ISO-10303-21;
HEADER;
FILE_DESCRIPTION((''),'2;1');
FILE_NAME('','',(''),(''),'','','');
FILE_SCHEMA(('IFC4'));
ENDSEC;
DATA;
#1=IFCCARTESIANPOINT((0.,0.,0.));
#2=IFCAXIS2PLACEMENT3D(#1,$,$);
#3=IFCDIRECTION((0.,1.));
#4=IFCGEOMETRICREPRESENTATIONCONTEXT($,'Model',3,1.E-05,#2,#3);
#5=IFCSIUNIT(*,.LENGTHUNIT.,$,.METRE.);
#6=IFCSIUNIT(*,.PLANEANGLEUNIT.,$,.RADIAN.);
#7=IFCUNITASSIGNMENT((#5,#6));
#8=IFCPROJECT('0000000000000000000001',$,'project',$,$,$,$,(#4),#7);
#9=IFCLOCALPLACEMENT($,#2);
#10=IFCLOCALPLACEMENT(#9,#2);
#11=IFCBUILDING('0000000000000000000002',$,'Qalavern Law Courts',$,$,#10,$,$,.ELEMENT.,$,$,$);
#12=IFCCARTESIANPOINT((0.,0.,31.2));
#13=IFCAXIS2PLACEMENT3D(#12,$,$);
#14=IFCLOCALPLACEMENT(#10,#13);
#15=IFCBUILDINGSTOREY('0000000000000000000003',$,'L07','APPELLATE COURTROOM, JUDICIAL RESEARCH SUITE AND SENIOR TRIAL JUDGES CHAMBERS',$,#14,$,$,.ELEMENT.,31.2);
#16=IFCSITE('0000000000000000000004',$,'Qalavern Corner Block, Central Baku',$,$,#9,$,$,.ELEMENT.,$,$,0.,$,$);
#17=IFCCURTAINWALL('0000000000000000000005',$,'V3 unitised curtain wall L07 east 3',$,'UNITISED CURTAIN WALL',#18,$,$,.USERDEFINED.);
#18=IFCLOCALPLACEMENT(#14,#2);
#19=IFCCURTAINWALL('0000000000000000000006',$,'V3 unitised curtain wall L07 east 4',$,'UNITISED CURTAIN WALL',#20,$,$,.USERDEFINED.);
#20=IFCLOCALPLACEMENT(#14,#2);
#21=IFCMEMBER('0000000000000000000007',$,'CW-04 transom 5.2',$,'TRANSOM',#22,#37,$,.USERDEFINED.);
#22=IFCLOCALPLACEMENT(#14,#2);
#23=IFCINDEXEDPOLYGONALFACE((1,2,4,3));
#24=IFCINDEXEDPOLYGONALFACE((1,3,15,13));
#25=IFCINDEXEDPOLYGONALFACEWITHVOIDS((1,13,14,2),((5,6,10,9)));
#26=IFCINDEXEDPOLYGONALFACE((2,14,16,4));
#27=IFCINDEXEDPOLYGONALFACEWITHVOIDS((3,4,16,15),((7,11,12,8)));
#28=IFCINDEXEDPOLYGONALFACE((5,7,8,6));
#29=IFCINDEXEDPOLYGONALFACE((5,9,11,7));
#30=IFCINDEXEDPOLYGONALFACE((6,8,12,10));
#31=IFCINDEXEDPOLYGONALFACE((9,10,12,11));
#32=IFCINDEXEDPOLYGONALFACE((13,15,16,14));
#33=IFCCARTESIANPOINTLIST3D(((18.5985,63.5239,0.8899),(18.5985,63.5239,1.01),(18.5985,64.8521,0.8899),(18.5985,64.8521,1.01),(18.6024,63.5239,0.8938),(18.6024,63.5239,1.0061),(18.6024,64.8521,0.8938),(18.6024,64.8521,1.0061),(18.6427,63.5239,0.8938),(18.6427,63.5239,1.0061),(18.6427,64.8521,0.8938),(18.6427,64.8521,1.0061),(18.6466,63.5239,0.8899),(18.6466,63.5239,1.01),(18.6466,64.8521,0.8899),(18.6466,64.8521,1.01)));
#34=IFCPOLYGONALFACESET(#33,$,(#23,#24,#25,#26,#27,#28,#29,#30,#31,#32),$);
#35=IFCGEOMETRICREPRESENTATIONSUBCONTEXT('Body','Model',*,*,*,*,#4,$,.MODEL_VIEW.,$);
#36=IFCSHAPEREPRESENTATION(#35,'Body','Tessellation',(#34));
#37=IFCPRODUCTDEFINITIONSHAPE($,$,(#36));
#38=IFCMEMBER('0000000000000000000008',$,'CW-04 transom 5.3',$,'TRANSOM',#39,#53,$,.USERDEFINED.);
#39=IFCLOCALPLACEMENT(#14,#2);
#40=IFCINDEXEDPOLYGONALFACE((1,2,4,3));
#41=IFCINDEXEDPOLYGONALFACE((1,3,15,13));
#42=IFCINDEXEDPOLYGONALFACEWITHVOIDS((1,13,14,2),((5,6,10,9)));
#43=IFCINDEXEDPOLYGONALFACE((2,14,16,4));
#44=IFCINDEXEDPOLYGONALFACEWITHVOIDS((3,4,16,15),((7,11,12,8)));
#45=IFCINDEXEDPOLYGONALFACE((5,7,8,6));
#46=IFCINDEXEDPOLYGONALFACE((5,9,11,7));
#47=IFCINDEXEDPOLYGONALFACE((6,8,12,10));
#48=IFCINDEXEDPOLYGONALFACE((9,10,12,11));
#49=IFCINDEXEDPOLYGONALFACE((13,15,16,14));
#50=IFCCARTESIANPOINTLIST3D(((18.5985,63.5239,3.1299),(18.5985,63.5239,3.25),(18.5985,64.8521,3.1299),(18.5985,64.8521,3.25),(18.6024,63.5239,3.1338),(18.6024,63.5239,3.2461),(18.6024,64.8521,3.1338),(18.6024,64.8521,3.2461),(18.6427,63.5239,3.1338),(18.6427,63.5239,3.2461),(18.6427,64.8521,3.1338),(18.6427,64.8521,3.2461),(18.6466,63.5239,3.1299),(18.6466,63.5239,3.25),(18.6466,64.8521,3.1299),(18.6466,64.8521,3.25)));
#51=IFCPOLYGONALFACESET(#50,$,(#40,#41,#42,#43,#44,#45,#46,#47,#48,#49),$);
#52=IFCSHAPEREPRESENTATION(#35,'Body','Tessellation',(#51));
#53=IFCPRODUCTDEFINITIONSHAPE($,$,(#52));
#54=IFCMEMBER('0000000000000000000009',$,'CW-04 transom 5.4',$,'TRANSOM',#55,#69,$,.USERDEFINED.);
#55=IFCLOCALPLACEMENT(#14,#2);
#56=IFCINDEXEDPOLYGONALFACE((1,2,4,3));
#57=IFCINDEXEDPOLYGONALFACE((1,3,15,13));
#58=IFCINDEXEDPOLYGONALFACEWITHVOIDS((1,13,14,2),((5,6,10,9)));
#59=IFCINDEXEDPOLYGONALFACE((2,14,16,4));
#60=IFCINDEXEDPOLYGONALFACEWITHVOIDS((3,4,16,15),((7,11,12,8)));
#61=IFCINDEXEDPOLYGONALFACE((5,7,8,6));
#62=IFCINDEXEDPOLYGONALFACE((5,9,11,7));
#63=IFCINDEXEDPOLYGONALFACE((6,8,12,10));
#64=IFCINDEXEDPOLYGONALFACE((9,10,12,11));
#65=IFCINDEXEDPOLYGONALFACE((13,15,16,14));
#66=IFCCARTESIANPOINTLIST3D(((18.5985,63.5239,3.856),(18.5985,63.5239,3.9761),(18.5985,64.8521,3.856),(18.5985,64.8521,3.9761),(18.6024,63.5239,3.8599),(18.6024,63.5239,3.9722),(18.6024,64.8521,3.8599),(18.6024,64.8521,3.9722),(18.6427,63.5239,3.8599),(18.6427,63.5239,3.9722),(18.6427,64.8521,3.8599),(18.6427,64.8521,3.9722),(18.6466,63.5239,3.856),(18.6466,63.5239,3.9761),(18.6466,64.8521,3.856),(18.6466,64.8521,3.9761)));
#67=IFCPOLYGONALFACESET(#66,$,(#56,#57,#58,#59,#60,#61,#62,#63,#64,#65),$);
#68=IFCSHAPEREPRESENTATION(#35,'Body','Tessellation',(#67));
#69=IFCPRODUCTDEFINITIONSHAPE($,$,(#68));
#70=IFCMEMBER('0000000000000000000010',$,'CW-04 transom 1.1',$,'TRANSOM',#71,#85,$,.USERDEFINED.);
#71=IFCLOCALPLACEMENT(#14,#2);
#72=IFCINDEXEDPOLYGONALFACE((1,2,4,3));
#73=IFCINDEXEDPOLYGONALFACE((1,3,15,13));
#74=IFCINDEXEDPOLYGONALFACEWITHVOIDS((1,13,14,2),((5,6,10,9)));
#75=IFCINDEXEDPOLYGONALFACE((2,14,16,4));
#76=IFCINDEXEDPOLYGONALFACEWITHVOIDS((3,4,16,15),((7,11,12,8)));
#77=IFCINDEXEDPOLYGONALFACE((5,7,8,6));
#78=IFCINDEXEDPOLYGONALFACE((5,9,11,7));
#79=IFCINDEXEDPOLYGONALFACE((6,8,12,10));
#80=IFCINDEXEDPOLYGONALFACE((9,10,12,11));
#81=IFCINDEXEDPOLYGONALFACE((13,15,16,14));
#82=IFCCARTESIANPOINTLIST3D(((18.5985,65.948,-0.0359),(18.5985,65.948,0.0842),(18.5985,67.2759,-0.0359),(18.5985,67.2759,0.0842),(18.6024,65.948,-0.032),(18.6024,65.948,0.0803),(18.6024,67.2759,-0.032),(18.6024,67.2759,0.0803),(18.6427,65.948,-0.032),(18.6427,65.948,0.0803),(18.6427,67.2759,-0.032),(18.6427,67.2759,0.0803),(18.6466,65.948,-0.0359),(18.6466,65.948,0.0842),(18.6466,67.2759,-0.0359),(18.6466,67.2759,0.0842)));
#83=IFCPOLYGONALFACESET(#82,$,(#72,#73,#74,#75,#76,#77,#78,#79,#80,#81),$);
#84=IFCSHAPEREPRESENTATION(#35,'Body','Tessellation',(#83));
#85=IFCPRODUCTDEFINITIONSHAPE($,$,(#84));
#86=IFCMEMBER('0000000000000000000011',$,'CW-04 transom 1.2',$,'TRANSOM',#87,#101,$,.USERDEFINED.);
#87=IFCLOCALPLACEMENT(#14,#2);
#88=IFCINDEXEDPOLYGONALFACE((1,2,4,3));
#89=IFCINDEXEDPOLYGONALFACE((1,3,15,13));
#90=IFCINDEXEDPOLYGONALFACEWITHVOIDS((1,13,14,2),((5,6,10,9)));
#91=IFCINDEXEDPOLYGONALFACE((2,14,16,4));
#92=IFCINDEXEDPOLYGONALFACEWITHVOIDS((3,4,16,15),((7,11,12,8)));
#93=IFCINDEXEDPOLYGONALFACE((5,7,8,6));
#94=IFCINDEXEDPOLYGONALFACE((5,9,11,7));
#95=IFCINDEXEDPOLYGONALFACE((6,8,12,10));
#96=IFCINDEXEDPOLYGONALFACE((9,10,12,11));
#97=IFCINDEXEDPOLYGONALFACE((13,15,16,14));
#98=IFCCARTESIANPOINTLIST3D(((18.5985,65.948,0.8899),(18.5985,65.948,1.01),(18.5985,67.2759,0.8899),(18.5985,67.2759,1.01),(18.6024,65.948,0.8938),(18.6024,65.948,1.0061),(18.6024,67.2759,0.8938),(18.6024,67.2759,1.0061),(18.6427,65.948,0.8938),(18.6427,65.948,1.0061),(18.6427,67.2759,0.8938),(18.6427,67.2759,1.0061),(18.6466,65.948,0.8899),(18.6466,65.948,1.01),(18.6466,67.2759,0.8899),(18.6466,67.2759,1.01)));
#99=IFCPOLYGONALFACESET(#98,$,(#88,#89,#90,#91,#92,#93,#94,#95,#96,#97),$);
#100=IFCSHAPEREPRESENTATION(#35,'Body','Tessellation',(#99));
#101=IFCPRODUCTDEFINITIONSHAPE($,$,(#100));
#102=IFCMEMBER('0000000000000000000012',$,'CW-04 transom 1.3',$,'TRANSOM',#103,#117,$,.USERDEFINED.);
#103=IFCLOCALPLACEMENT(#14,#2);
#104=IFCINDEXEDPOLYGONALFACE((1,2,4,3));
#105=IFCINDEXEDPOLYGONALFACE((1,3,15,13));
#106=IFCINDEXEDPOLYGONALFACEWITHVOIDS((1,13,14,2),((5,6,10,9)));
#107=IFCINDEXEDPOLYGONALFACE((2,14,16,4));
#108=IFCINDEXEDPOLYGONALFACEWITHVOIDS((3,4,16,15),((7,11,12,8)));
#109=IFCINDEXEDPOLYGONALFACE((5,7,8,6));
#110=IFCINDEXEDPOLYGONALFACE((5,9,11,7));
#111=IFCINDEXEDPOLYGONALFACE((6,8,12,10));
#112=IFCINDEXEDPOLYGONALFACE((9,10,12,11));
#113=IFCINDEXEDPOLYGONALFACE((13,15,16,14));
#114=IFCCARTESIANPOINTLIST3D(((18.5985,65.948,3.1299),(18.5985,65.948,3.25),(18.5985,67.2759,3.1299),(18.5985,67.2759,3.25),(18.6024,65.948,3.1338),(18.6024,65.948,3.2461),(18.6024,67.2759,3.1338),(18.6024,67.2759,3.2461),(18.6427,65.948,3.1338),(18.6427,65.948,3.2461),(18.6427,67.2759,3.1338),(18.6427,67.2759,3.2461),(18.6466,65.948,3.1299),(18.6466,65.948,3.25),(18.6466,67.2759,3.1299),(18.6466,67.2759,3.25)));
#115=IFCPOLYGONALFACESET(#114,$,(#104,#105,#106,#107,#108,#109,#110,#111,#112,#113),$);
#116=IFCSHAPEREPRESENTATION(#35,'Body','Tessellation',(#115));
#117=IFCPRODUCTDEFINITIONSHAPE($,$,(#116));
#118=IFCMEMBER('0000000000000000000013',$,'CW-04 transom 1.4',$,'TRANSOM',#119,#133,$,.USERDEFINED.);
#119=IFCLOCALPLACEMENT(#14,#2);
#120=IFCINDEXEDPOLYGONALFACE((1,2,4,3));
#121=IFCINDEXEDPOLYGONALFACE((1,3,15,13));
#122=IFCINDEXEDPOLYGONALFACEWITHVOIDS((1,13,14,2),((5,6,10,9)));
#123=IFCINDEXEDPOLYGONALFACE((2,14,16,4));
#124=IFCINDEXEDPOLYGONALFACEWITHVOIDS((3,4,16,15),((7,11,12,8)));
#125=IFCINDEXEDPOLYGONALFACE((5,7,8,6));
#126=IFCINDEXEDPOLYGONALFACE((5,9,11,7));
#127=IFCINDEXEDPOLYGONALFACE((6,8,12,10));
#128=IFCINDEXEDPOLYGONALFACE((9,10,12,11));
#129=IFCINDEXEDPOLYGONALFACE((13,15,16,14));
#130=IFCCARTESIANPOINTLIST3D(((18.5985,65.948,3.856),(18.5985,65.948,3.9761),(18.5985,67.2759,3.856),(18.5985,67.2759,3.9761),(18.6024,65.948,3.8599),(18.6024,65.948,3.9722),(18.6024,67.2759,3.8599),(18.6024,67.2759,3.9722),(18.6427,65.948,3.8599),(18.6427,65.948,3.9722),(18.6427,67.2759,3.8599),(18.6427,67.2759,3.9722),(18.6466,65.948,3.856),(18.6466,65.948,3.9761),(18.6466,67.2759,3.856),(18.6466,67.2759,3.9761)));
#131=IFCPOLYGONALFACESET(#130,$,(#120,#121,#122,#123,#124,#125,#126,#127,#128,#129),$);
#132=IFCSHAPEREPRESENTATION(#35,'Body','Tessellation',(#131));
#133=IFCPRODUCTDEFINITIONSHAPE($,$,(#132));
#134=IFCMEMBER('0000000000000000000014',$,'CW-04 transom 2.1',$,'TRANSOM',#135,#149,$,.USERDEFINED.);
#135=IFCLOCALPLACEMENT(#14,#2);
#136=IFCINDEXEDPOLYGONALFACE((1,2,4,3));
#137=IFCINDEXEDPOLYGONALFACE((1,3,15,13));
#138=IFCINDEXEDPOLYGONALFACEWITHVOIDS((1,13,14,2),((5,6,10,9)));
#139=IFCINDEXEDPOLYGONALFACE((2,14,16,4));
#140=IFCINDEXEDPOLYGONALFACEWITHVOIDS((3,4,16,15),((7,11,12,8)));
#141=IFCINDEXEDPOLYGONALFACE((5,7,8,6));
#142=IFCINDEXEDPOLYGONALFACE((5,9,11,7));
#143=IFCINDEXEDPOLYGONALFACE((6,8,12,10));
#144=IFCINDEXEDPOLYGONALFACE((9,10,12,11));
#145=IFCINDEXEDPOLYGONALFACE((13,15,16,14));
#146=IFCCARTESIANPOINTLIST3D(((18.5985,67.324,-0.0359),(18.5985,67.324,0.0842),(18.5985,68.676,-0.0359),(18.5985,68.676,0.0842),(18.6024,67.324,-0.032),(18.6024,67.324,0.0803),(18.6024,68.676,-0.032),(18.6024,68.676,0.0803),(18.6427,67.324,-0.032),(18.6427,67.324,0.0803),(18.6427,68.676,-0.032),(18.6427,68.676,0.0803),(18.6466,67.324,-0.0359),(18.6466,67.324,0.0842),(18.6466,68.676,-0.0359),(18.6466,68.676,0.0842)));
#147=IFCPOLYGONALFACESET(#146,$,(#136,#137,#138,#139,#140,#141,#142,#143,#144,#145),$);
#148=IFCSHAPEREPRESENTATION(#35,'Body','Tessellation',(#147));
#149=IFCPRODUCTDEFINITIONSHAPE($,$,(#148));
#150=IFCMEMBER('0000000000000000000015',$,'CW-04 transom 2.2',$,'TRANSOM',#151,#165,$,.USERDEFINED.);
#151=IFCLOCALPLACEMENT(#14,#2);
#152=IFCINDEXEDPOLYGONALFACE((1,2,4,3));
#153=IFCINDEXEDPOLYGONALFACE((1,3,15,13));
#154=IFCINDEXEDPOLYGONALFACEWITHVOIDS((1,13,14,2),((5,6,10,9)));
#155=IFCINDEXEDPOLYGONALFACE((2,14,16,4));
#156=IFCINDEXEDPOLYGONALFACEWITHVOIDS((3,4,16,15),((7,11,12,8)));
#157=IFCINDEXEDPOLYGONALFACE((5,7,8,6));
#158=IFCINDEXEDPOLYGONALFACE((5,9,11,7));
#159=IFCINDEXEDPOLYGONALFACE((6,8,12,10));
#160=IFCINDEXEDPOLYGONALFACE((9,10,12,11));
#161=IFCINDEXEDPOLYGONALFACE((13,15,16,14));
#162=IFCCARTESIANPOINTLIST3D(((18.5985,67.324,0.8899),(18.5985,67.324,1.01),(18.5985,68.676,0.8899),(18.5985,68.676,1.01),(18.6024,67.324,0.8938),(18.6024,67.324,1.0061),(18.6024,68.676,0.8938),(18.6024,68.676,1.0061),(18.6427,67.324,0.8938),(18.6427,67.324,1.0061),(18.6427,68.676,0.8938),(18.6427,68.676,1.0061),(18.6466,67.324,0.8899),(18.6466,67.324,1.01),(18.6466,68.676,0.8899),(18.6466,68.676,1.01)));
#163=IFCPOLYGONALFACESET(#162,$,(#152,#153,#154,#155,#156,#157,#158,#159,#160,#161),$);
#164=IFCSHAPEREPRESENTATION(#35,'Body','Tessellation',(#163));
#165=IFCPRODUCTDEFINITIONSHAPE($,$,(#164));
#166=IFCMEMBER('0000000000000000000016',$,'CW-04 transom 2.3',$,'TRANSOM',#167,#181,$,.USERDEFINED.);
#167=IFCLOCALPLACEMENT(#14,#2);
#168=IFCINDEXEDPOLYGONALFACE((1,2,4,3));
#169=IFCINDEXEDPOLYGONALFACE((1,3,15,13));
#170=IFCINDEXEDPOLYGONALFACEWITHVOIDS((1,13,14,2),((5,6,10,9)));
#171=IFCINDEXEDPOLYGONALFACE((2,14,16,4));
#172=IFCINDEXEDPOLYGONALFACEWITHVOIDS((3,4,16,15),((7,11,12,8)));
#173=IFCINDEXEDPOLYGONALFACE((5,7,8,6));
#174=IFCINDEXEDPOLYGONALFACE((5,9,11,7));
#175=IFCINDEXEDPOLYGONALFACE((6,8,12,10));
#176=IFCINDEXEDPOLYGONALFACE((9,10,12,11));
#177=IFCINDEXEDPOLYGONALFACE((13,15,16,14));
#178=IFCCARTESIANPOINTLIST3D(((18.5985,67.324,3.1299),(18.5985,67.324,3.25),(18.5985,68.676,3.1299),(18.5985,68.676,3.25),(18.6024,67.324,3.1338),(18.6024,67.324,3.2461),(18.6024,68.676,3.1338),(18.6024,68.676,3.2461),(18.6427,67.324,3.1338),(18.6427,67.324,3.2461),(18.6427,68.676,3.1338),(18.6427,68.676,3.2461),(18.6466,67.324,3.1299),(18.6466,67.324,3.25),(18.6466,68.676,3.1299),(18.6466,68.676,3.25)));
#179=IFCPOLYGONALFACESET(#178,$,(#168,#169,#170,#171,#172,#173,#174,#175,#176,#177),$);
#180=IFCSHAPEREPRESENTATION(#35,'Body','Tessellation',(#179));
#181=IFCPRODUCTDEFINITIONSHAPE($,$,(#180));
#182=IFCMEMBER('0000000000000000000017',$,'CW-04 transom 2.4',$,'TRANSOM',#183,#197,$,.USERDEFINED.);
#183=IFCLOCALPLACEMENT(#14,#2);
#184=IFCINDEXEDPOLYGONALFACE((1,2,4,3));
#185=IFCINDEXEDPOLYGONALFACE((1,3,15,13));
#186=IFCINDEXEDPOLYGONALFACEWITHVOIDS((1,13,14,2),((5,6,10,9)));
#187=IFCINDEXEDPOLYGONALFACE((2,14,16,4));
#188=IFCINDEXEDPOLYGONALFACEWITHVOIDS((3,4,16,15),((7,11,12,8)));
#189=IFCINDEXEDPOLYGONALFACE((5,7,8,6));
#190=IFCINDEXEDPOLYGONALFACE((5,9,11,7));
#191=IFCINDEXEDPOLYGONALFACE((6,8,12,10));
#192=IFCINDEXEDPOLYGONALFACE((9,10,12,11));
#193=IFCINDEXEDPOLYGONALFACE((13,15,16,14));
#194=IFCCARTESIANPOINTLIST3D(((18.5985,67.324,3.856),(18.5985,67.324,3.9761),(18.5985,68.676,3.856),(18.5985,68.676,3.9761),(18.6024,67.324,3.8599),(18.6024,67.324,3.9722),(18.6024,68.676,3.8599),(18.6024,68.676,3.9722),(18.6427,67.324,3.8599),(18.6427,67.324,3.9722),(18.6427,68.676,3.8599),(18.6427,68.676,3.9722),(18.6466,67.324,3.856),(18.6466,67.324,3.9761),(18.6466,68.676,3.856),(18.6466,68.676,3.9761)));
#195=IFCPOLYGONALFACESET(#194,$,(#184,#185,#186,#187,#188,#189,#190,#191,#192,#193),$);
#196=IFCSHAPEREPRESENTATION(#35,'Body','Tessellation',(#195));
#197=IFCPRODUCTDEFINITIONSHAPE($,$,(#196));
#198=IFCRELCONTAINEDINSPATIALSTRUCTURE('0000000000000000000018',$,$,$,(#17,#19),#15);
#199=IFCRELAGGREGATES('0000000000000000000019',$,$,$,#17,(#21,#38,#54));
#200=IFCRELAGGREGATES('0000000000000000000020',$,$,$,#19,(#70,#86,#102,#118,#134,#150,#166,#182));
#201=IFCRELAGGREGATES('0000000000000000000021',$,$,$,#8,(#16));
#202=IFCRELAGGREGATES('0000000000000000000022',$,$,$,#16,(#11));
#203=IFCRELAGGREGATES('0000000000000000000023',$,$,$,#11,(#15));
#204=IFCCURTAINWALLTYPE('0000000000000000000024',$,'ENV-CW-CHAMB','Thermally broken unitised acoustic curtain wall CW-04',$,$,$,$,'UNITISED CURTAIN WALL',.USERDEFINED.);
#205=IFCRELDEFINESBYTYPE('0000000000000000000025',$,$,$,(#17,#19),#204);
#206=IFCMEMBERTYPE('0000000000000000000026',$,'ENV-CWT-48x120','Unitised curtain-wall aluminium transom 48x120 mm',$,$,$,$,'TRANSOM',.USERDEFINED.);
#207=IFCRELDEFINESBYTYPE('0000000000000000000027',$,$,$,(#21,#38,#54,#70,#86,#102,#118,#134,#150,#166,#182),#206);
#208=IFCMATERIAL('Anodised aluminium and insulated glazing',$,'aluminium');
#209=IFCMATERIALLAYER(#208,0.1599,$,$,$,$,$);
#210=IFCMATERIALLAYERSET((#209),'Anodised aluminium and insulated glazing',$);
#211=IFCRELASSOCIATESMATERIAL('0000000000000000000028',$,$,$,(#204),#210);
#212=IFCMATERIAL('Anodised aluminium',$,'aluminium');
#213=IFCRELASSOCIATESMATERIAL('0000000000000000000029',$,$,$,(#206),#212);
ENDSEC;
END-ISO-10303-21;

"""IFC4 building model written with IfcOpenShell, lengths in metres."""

from ifc_helpers import new_model, si_unit, direction, frame, origin, origin_2d, place, context, subcontext, project, spatial, hollow_rectangle, extrude, material, layer, layer_set, material_profile, profile_set, type_object, element, aggregate, save


model = new_model("IFC4")

# Units and contexts
model_context = context("Model", 3, precision=1e-05, world=origin(), true_north=direction((0.0, 1.0)))
body_context = subcontext(model_context, "Body", "Model", "MODEL_VIEW")
ifc_project = project(units=[si_unit("LENGTHUNIT", "METRE"), si_unit("PLANEANGLEUNIT", "RADIAN")], contexts=[model_context])

# Site, building, storey
site_placement = place(None, origin())
site = spatial("IfcSite", under=ifc_project, at=site_placement, Name="Qalavern Corner Block, Central Baku", CompositionType="ELEMENT", RefElevation=0.0)
building_placement = place(site_placement, origin())
building = spatial("IfcBuilding", under=site, at=building_placement, Name="Qalavern Law Courts", CompositionType="ELEMENT")
storey_placement = place(building_placement, frame((0.0, 0.0, 31.2)))
storey = spatial("IfcBuildingStorey", under=building, at=storey_placement, Name="L07", Description="APPELLATE COURTROOM, JUDICIAL RESEARCH SUITE AND SENIOR TRIAL JUDGES CHAMBERS", CompositionType="ELEMENT", Elevation=31.2)

# Curtain walls
ifc_material_1 = material(Name="Anodised aluminium and insulated glazing", Category="aluminium")
ifc_layer_1 = layer(ifc_material_1, 0.1599)
ifc_layer_set_1 = layer_set([ifc_layer_1], Name="Anodised aluminium and insulated glazing")
curtain_wall_type = type_object("IfcCurtainWallType", Name="ENV-CW-CHAMB", Description="Thermally broken unitised acoustic curtain wall CW-04", ElementType="UNITISED CURTAIN WALL", PredefinedType="USERDEFINED", material=ifc_layer_set_1)
curtain_wall_1_placement = place(storey_placement, origin())
curtain_wall_1 = element("IfcCurtainWall", 1, at=curtain_wall_1_placement, inside=storey, type_object=curtain_wall_type, Name="V3 unitised curtain wall L07 east 3", ObjectType="UNITISED CURTAIN WALL", PredefinedType="USERDEFINED")
ifc_material_2 = material(Name="Anodised aluminium", Category="aluminium")
curtain_wall_2_placement = place(storey_placement, origin())
curtain_wall_2 = element("IfcCurtainWall", 2, at=curtain_wall_2_placement, inside=storey, type_object=curtain_wall_type, Name="V3 unitised curtain wall L07 east 4", ObjectType="UNITISED CURTAIN WALL", PredefinedType="USERDEFINED")

# Members
ifc_material_profile_1 = material_profile(ifc_material_2, hollow_rectangle(XDim=0.0481, YDim=0.1201, WallThickness=0.0039, at=origin_2d()), Name="ALU TRANSOM 48x120")
ifc_profile_set_1 = profile_set([ifc_material_profile_1], Name="Anodised aluminium")
member_type_1 = type_object("IfcMemberType", Name="ENV-CWT-48x120", Description="Unitised curtain-wall aluminium transom 48x120 mm", ElementType="TRANSOM", PredefinedType="USERDEFINED", material=ifc_profile_set_1)
member_1_placement = place(storey_placement, frame((18.6226, 63.5239, 0.95), z_axis=(0.0, 1.0, 0.0), x_axis=(-1.0, 0.0, 0.0)))
member_1 = element("IfcMember", 3, at=member_1_placement, type_object=member_type_1, Name="CW-04 transom 5.2", ObjectType="TRANSOM", PredefinedType="USERDEFINED", context=body_context, shape_type="SweptSolid", body=[
    extrude(hollow_rectangle(XDim=0.0481, YDim=0.1201, WallThickness=0.0039, at=origin_2d()), origin(), (0.0, 0.0, 1.0), 1.3281),
])
member_2_placement = place(storey_placement, frame((18.6226, 63.5239, 3.1899), z_axis=(0.0, 1.0, 0.0), x_axis=(-1.0, 0.0, 0.0)))
member_2 = element("IfcMember", 4, at=member_2_placement, type_object=member_type_1, Name="CW-04 transom 5.3", ObjectType="TRANSOM", PredefinedType="USERDEFINED", context=body_context, shape_type="SweptSolid", body=[
    extrude(hollow_rectangle(XDim=0.0481, YDim=0.1201, WallThickness=0.0039, at=origin_2d()), origin(), (0.0, 0.0, 1.0), 1.3281),
])
member_3_placement = place(storey_placement, frame((18.6226, 63.5239, 3.916), z_axis=(0.0, 1.0, 0.0), x_axis=(-1.0, 0.0, 0.0)))
member_3 = element("IfcMember", 5, at=member_3_placement, type_object=member_type_1, Name="CW-04 transom 5.4", ObjectType="TRANSOM", PredefinedType="USERDEFINED", context=body_context, shape_type="SweptSolid", body=[
    extrude(hollow_rectangle(XDim=0.0481, YDim=0.1201, WallThickness=0.0039, at=origin_2d()), origin(), (0.0, 0.0, 1.0), 1.3281),
])
member_4_placement = place(storey_placement, frame((18.6226, 65.948, 0.0242), z_axis=(0.0, 1.0, 0.0), x_axis=(-1.0, 0.0, 0.0)))
member_4 = element("IfcMember", 6, at=member_4_placement, type_object=member_type_1, Name="CW-04 transom 1.1", ObjectType="TRANSOM", PredefinedType="USERDEFINED", context=body_context, shape_type="SweptSolid", body=[
    extrude(hollow_rectangle(XDim=0.0481, YDim=0.1201, WallThickness=0.0039, at=origin_2d()), origin(), (0.0, 0.0, 1.0), 1.3279),
])
member_5_placement = place(storey_placement, frame((18.6226, 65.948, 0.95), z_axis=(0.0, 1.0, 0.0), x_axis=(-1.0, 0.0, 0.0)))
member_5 = element("IfcMember", 7, at=member_5_placement, type_object=member_type_1, Name="CW-04 transom 1.2", ObjectType="TRANSOM", PredefinedType="USERDEFINED", context=body_context, shape_type="SweptSolid", body=[
    extrude(hollow_rectangle(XDim=0.0481, YDim=0.1201, WallThickness=0.0039, at=origin_2d()), origin(), (0.0, 0.0, 1.0), 1.3279),
])
member_6_placement = place(storey_placement, frame((18.6226, 65.948, 3.1899), z_axis=(0.0, 1.0, 0.0), x_axis=(-1.0, 0.0, 0.0)))
member_6 = element("IfcMember", 8, at=member_6_placement, type_object=member_type_1, Name="CW-04 transom 1.3", ObjectType="TRANSOM", PredefinedType="USERDEFINED", context=body_context, shape_type="SweptSolid", body=[
    extrude(hollow_rectangle(XDim=0.0481, YDim=0.1201, WallThickness=0.0039, at=origin_2d()), origin(), (0.0, 0.0, 1.0), 1.3279),
])
member_7_placement = place(storey_placement, frame((18.6226, 65.948, 3.916), z_axis=(0.0, 1.0, 0.0), x_axis=(-1.0, 0.0, 0.0)))
member_7 = element("IfcMember", 9, at=member_7_placement, type_object=member_type_1, Name="CW-04 transom 1.4", ObjectType="TRANSOM", PredefinedType="USERDEFINED", context=body_context, shape_type="SweptSolid", body=[
    extrude(hollow_rectangle(XDim=0.0481, YDim=0.1201, WallThickness=0.0039, at=origin_2d()), origin(), (0.0, 0.0, 1.0), 1.3279),
])
member_8_placement = place(storey_placement, frame((18.6226, 67.324, 0.0242), z_axis=(0.0, 1.0, 0.0), x_axis=(-1.0, 0.0, 0.0)))
member_8 = element("IfcMember", 10, at=member_8_placement, type_object=member_type_1, Name="CW-04 transom 2.1", ObjectType="TRANSOM", PredefinedType="USERDEFINED", context=body_context, shape_type="SweptSolid", body=[
    extrude(hollow_rectangle(XDim=0.0481, YDim=0.1201, WallThickness=0.0039, at=origin_2d()), origin(), (0.0, 0.0, 1.0), 1.3521),
])
member_9_placement = place(storey_placement, frame((18.6226, 67.324, 0.95), z_axis=(0.0, 1.0, 0.0), x_axis=(-1.0, 0.0, 0.0)))
member_9 = element("IfcMember", 11, at=member_9_placement, type_object=member_type_1, Name="CW-04 transom 2.2", ObjectType="TRANSOM", PredefinedType="USERDEFINED", context=body_context, shape_type="SweptSolid", body=[
    extrude(hollow_rectangle(XDim=0.0481, YDim=0.1201, WallThickness=0.0039, at=origin_2d()), origin(), (0.0, 0.0, 1.0), 1.3521),
])
member_10_placement = place(storey_placement, frame((18.6226, 67.324, 3.1899), z_axis=(0.0, 1.0, 0.0), x_axis=(-1.0, 0.0, 0.0)))
member_10 = element("IfcMember", 12, at=member_10_placement, type_object=member_type_1, Name="CW-04 transom 2.3", ObjectType="TRANSOM", PredefinedType="USERDEFINED", context=body_context, shape_type="SweptSolid", body=[
    extrude(hollow_rectangle(XDim=0.0481, YDim=0.1201, WallThickness=0.0039, at=origin_2d()), origin(), (0.0, 0.0, 1.0), 1.3521),
])
member_11_placement = place(storey_placement, frame((18.6226, 67.324, 3.916), z_axis=(0.0, 1.0, 0.0), x_axis=(-1.0, 0.0, 0.0)))
member_11 = element("IfcMember", 13, at=member_11_placement, type_object=member_type_1, Name="CW-04 transom 2.4", ObjectType="TRANSOM", PredefinedType="USERDEFINED", context=body_context, shape_type="SweptSolid", body=[
    extrude(hollow_rectangle(XDim=0.0481, YDim=0.1201, WallThickness=0.0039, at=origin_2d()), origin(), (0.0, 0.0, 1.0), 1.3521),
])

aggregate(curtain_wall_1, [member_1, member_2, member_3])
aggregate(curtain_wall_2, [member_4, member_5, member_6, member_7, member_8, member_9, member_10, member_11])

save(model, "model.ifc")
